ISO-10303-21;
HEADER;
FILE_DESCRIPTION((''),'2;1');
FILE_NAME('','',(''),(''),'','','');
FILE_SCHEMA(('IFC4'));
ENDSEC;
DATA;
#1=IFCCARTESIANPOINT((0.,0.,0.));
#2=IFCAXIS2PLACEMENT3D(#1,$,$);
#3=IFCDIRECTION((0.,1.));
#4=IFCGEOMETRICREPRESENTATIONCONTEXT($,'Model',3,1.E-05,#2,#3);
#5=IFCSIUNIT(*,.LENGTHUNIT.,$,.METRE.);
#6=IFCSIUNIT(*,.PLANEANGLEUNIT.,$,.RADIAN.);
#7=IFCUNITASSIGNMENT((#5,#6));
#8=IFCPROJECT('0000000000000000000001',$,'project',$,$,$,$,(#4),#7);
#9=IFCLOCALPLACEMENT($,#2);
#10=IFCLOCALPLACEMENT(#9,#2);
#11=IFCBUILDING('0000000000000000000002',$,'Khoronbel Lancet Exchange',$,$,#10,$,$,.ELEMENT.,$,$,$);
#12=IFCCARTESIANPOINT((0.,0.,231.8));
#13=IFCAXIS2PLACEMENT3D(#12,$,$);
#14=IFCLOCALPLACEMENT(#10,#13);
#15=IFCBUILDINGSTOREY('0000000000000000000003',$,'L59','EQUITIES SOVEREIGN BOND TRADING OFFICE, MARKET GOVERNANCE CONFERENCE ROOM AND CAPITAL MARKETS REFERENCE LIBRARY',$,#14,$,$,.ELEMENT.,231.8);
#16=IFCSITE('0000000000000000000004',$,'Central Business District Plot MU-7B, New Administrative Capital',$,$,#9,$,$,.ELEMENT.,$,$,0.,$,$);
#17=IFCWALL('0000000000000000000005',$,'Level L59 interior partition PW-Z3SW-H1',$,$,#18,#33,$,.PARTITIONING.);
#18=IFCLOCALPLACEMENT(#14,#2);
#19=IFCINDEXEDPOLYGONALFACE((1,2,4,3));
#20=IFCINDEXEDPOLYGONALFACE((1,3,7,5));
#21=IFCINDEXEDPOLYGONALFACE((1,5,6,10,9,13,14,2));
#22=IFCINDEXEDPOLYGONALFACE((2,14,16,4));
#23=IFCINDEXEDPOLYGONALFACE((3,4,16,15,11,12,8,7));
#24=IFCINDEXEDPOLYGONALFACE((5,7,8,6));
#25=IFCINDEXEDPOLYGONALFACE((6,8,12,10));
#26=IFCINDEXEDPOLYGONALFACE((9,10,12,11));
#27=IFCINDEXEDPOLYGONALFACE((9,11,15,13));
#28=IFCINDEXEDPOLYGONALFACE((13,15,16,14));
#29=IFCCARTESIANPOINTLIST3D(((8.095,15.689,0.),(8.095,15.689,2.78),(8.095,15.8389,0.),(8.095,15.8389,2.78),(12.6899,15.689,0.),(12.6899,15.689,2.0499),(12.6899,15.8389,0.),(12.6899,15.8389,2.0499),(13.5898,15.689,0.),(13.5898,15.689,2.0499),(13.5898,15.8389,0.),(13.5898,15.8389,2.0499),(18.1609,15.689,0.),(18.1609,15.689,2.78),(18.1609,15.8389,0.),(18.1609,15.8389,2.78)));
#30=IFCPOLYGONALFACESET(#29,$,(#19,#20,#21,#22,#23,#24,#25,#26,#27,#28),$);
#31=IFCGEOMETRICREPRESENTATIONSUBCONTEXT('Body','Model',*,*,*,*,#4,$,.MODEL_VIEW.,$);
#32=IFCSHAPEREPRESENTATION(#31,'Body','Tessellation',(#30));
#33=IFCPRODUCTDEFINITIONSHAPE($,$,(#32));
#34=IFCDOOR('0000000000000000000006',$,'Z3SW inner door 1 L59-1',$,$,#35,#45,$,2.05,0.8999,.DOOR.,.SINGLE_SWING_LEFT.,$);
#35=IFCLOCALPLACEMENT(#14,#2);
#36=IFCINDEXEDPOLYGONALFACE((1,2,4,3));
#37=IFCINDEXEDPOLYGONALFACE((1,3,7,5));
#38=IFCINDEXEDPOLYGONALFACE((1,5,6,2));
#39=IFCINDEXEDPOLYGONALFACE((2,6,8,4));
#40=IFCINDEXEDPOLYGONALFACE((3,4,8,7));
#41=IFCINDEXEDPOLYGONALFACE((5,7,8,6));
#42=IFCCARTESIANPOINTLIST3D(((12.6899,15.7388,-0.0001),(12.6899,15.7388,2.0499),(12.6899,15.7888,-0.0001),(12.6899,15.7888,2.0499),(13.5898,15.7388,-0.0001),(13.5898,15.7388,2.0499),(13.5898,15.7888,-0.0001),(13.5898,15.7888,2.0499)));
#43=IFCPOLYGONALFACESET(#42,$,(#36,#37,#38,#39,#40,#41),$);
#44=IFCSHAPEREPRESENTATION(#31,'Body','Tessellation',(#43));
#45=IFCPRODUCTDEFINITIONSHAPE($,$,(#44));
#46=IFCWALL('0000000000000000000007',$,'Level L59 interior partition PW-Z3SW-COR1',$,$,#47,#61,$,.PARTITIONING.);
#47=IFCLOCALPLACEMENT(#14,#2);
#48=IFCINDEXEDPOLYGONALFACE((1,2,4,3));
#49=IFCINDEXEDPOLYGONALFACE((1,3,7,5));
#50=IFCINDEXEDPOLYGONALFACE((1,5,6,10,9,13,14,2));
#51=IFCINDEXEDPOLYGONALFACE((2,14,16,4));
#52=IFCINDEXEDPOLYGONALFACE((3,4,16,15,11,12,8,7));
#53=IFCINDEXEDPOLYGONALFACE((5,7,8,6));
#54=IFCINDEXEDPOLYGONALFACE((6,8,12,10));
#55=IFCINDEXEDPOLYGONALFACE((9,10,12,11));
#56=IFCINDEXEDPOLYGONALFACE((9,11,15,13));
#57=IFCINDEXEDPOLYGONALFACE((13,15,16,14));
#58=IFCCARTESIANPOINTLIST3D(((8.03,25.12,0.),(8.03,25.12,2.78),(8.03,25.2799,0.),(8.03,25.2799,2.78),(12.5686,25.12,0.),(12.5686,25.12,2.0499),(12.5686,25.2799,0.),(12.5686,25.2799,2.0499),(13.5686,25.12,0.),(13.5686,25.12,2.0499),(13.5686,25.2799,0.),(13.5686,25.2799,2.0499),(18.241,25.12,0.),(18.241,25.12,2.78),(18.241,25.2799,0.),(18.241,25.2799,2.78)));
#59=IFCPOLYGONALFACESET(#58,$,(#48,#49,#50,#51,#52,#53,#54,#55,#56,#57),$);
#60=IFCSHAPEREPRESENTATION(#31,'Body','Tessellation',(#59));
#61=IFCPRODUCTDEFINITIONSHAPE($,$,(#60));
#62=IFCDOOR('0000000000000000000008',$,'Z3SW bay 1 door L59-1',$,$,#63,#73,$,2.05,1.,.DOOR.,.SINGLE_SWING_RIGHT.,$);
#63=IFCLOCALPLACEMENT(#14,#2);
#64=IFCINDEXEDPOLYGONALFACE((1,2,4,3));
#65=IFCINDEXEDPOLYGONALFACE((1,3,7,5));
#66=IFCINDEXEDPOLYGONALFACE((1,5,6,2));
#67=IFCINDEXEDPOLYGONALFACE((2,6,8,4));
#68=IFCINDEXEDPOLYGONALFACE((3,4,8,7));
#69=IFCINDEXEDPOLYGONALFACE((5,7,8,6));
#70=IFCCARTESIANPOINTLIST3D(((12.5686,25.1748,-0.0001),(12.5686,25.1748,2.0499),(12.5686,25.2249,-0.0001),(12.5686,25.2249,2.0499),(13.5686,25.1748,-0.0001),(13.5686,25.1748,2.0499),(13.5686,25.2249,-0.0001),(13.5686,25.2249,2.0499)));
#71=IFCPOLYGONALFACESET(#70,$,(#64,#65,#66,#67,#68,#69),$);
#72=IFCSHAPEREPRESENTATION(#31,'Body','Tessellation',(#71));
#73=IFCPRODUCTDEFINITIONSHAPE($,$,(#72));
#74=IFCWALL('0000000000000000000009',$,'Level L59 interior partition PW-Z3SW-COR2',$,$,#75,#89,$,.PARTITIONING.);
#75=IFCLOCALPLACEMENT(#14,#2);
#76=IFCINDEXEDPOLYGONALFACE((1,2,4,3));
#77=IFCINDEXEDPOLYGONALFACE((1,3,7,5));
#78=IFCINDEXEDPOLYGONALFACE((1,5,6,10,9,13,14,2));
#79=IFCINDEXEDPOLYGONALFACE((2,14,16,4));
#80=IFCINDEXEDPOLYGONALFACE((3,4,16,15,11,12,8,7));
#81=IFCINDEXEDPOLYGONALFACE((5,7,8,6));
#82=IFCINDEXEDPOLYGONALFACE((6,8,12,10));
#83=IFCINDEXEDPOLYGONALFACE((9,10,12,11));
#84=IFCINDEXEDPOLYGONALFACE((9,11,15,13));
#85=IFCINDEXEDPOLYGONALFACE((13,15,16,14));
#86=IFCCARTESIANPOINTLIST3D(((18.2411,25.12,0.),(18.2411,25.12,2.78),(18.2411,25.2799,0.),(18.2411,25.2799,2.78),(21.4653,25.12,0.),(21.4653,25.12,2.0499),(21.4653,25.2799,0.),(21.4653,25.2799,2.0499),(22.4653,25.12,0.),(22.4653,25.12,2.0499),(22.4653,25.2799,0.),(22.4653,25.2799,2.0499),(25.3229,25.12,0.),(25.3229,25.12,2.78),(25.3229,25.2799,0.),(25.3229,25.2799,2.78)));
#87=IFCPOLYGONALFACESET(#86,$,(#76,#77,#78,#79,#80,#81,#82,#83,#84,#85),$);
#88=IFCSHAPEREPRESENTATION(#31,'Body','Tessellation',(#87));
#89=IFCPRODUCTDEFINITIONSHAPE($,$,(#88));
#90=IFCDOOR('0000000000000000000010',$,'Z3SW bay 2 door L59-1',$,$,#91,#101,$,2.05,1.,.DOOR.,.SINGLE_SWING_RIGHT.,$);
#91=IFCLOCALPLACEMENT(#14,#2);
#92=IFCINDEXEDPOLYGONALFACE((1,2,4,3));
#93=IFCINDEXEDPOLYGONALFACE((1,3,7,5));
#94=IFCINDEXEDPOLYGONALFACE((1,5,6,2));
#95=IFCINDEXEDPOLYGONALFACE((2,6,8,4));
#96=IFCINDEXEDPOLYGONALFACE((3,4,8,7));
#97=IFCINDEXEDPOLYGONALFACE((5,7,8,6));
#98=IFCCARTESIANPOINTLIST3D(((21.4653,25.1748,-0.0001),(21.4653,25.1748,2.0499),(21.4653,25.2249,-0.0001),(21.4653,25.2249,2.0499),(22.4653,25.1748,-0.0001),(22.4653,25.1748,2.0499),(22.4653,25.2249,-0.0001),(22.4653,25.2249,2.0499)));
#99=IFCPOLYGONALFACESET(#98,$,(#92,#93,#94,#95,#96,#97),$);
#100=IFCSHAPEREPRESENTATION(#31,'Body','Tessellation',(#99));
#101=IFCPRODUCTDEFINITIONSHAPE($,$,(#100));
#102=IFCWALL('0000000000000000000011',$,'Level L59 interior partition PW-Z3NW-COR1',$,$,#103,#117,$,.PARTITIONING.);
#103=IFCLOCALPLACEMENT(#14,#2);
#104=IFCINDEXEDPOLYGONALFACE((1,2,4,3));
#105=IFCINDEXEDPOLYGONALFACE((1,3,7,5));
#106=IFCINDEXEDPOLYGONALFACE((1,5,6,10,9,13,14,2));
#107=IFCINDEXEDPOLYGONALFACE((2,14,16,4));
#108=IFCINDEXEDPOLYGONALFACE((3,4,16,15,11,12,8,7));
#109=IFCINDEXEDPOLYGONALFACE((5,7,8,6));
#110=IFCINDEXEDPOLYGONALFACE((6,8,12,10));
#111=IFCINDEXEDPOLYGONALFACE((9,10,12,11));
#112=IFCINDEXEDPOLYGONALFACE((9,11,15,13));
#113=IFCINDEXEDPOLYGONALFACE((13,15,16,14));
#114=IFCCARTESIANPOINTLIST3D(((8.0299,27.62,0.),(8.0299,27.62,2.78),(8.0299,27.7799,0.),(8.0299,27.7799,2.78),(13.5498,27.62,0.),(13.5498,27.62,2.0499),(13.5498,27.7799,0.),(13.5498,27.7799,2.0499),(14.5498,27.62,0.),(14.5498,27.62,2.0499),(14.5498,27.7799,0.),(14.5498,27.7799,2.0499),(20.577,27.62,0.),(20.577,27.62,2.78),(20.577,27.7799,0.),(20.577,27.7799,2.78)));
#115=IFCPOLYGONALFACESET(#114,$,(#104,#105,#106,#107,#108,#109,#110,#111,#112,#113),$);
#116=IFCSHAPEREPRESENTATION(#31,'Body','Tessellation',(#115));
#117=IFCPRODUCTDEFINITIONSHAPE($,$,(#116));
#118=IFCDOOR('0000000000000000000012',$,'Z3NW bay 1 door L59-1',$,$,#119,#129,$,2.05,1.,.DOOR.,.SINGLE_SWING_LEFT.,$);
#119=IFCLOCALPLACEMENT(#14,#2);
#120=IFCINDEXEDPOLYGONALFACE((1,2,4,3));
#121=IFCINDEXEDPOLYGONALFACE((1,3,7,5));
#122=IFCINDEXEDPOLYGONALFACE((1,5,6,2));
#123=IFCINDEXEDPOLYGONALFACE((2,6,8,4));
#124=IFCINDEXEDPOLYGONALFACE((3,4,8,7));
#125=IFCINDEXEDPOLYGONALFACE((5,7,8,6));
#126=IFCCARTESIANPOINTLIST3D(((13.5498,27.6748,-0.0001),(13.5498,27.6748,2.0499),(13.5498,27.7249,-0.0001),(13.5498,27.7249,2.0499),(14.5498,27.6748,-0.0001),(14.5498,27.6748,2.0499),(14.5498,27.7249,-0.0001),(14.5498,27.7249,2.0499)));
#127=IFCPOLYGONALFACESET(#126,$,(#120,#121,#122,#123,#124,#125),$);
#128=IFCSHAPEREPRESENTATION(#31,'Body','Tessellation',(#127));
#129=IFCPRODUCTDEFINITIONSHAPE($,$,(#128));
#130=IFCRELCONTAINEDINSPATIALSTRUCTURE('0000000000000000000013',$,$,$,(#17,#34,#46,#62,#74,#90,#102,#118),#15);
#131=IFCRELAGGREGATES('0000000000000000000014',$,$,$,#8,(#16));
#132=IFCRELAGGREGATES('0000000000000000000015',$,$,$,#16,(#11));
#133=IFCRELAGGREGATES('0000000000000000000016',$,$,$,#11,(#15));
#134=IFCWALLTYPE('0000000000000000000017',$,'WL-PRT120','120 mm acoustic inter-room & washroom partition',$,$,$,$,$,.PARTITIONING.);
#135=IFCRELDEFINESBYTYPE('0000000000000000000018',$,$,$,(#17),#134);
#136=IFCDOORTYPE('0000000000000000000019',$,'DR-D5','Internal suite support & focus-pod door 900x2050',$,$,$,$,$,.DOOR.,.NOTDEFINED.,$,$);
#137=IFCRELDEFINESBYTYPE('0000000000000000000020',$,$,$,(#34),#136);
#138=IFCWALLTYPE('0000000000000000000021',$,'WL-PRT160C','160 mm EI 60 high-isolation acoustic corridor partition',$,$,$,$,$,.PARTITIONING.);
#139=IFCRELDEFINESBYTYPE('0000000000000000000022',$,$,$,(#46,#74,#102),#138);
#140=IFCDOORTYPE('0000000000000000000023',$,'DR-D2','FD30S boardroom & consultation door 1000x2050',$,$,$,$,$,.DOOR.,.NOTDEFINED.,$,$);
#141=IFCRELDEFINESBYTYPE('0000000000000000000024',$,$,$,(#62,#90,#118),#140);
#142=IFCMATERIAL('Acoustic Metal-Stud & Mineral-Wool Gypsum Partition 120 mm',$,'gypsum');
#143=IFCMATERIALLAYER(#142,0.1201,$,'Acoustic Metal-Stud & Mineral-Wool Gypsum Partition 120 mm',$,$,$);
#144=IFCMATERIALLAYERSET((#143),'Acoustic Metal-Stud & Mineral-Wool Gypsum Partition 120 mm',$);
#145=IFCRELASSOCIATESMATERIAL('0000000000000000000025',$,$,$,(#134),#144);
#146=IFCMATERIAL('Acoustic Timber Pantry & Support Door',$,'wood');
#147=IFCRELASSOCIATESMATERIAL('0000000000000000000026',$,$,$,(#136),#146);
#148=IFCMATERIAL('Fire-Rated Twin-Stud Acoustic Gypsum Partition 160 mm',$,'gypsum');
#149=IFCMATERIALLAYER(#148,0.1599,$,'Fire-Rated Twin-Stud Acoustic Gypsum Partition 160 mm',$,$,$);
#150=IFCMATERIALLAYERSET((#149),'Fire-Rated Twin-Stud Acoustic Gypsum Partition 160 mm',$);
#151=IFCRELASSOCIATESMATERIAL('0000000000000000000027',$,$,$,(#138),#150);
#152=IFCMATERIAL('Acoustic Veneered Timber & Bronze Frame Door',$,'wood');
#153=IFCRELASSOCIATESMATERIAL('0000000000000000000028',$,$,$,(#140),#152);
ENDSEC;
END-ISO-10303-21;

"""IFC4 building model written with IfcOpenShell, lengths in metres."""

from ifc_helpers import new_model, si_unit, direction, frame, frame_2d, origin, place, context, subcontext, project, spatial, rectangle, extrude, material, layer, layer_set, type_object, element, fill, save


model = new_model("IFC4")

# Units and contexts
model_context = context("Model", 3, precision=1e-05, world=origin(), true_north=direction((0.0, 1.0)))
body_context = subcontext(model_context, "Body", "Model", "MODEL_VIEW")
ifc_project = project(units=[si_unit("LENGTHUNIT", "METRE"), si_unit("PLANEANGLEUNIT", "RADIAN")], contexts=[model_context])

# Site, building, storey
site_placement = place(None, origin())
site = spatial("IfcSite", under=ifc_project, at=site_placement, Name="Central Business District Plot MU-7B, New Administrative Capital", CompositionType="ELEMENT", RefElevation=0.0)
building_placement = place(site_placement, origin())
building = spatial("IfcBuilding", under=site, at=building_placement, Name="Khoronbel Lancet Exchange", CompositionType="ELEMENT")
storey_placement = place(building_placement, frame((0.0, 0.0, 231.8)))
storey = spatial("IfcBuildingStorey", under=building, at=storey_placement, Name="L59", Description="EQUITIES SOVEREIGN BOND TRADING OFFICE, MARKET GOVERNANCE CONFERENCE ROOM AND CAPITAL MARKETS REFERENCE LIBRARY", CompositionType="ELEMENT", Elevation=231.8)

# Walls, openings, doors
ifc_material_1 = material(Name="Acoustic Metal-Stud & Mineral-Wool Gypsum Partition 120 mm", Category="gypsum")
ifc_layer_1 = layer(ifc_material_1, 0.1201, Name="Acoustic Metal-Stud & Mineral-Wool Gypsum Partition 120 mm")
ifc_layer_set_1 = layer_set([ifc_layer_1], Name="Acoustic Metal-Stud & Mineral-Wool Gypsum Partition 120 mm")
wall_type_1 = type_object("IfcWallType", Name="WL-PRT120", Description="120 mm acoustic inter-room & washroom partition", PredefinedType="PARTITIONING", material=ifc_layer_set_1)
wall_1_placement = place(storey_placement, frame((8.095, 15.7639, 0.0), z_axis=(0.0, 0.0, 1.0), x_axis=(1.0, 0.0, 0.0)))
wall_1 = element("IfcWall", 1, at=wall_1_placement, inside=storey, type_object=wall_type_1, Name="Level L59 interior partition PW-Z3SW-H1", PredefinedType="PARTITIONING", context=body_context, shape_type="SweptSolid", body=[
    extrude(rectangle(XDim=10.0659, YDim=0.1499, at=frame_2d((5.033, 0.0))), origin(), (0.0, 0.0, 1.0), 2.78),
])
opening_1_placement = place(wall_1_placement, frame((4.595, 0.0, 0.0)))
opening_1 = element("IfcOpeningElement", 2, at=opening_1_placement, cuts=wall_1, PredefinedType="OPENING", context=body_context, shape_type="SweptSolid", body=[
    extrude(rectangle(XDim=0.8999, YDim=2.05, at=frame_2d((0.45, 1.0249))), frame((0.0, 0.085, 0.0), z_axis=(0.0, -1.0, 0.0), x_axis=(1.0, 0.0, 0.0)), (0.0, 0.0, 1.0), 0.1699),
])
ifc_material_2 = material(Name="Acoustic Timber Pantry & Support Door", Category="wood")
door_type_1 = type_object("IfcDoorType", Name="DR-D5", Description="Internal suite support & focus-pod door 900x2050", OperationType="NOTDEFINED", PredefinedType="DOOR", material=ifc_material_2)
door_1_placement = place(opening_1_placement, origin())
door_1 = element("IfcDoor", 3, at=door_1_placement, inside=storey, type_object=door_type_1, Name="Z3SW inner door 1 L59-1", OperationType="SINGLE_SWING_LEFT", OverallHeight=2.05, OverallWidth=0.8999, PredefinedType="DOOR", context=body_context, shape_type="SweptSolid", body=[
    extrude(rectangle(XDim=0.8999, YDim=2.05, at=frame_2d((0.45, 1.0249))), frame((0.0, 0.0249, 0.0), z_axis=(0.0, -1.0, 0.0), x_axis=(1.0, 0.0, 0.0)), (0.0, 0.0, 1.0), 0.05),
])
fill(opening_1, door_1)
ifc_material_3 = material(Name="Fire-Rated Twin-Stud Acoustic Gypsum Partition 160 mm", Category="gypsum")
ifc_layer_2 = layer(ifc_material_3, 0.1599, Name="Fire-Rated Twin-Stud Acoustic Gypsum Partition 160 mm")
ifc_layer_set_2 = layer_set([ifc_layer_2], Name="Fire-Rated Twin-Stud Acoustic Gypsum Partition 160 mm")
wall_type_2 = type_object("IfcWallType", Name="WL-PRT160C", Description="160 mm EI 60 high-isolation acoustic corridor partition", PredefinedType="PARTITIONING", material=ifc_layer_set_2)
wall_2_placement = place(storey_placement, frame((8.03, 25.2, 0.0), z_axis=(0.0, 0.0, 1.0), x_axis=(1.0, 0.0, 0.0)))
wall_2 = element("IfcWall", 4, at=wall_2_placement, inside=storey, type_object=wall_type_2, Name="Level L59 interior partition PW-Z3SW-COR1", PredefinedType="PARTITIONING", context=body_context, shape_type="SweptSolid", body=[
    extrude(rectangle(XDim=10.2109, YDim=0.1599, at=frame_2d((5.1055, 0.0))), origin(), (0.0, 0.0, 1.0), 2.78),
])
opening_2_placement = place(wall_2_placement, frame((4.5386, 0.0, 0.0)))
opening_2 = element("IfcOpeningElement", 5, at=opening_2_placement, cuts=wall_2, PredefinedType="OPENING", context=body_context, shape_type="SweptSolid", body=[
    extrude(rectangle(XDim=1.0, YDim=2.05, at=frame_2d((0.5, 1.0249))), frame((0.0, 0.0898, 0.0), z_axis=(0.0, -1.0, 0.0), x_axis=(1.0, 0.0, 0.0)), (0.0, 0.0, 1.0), 0.1799),
])
ifc_material_4 = material(Name="Acoustic Veneered Timber & Bronze Frame Door", Category="wood")
door_type_2 = type_object("IfcDoorType", Name="DR-D2", Description="FD30S boardroom & consultation door 1000x2050", OperationType="NOTDEFINED", PredefinedType="DOOR", material=ifc_material_4)
door_2_placement = place(opening_2_placement, origin())
door_2 = element("IfcDoor", 6, at=door_2_placement, inside=storey, type_object=door_type_2, Name="Z3SW bay 1 door L59-1", OperationType="SINGLE_SWING_RIGHT", OverallHeight=2.05, OverallWidth=1.0, PredefinedType="DOOR", context=body_context, shape_type="SweptSolid", body=[
    extrude(rectangle(XDim=1.0, YDim=2.05, at=frame_2d((0.5, 1.0249))), frame((0.0, 0.0249, 0.0), z_axis=(0.0, -1.0, 0.0), x_axis=(1.0, 0.0, 0.0)), (0.0, 0.0, 1.0), 0.05),
])
fill(opening_2, door_2)
wall_3_placement = place(storey_placement, frame((18.241, 25.2, 0.0), z_axis=(0.0, 0.0, 1.0), x_axis=(1.0, 0.0, 0.0)))
wall_3 = element("IfcWall", 7, at=wall_3_placement, inside=storey, type_object=wall_type_2, Name="Level L59 interior partition PW-Z3SW-COR2", PredefinedType="PARTITIONING", context=body_context, shape_type="SweptSolid", body=[
    extrude(rectangle(XDim=7.0818, YDim=0.1599, at=frame_2d((3.541, 0.0))), origin(), (0.0, 0.0, 1.0), 2.78),
])
opening_3_placement = place(wall_3_placement, frame((3.2244, 0.0, 0.0)))
opening_3 = element("IfcOpeningElement", 8, at=opening_3_placement, cuts=wall_3, PredefinedType="OPENING", context=body_context, shape_type="SweptSolid", body=[
    extrude(rectangle(XDim=1.0, YDim=2.05, at=frame_2d((0.5, 1.0249))), frame((0.0, 0.0898, 0.0), z_axis=(0.0, -1.0, 0.0), x_axis=(1.0, 0.0, 0.0)), (0.0, 0.0, 1.0), 0.1799),
])
door_3_placement = place(opening_3_placement, origin())
door_3 = element("IfcDoor", 9, at=door_3_placement, inside=storey, type_object=door_type_2, Name="Z3SW bay 2 door L59-1", OperationType="SINGLE_SWING_RIGHT", OverallHeight=2.05, OverallWidth=1.0, PredefinedType="DOOR", context=body_context, shape_type="SweptSolid", body=[
    extrude(rectangle(XDim=1.0, YDim=2.05, at=frame_2d((0.5, 1.0249))), frame((0.0, 0.0249, 0.0), z_axis=(0.0, -1.0, 0.0), x_axis=(1.0, 0.0, 0.0)), (0.0, 0.0, 1.0), 0.05),
])
fill(opening_3, door_3)
wall_4_placement = place(storey_placement, frame((8.03, 27.7, 0.0), z_axis=(0.0, 0.0, 1.0), x_axis=(1.0, 0.0, 0.0)))
wall_4 = element("IfcWall", 10, at=wall_4_placement, inside=storey, type_object=wall_type_2, Name="Level L59 interior partition PW-Z3NW-COR1", PredefinedType="PARTITIONING", context=body_context, shape_type="SweptSolid", body=[
    extrude(rectangle(XDim=12.5471, YDim=0.1599, at=frame_2d((6.2734, 0.0))), origin(), (0.0, 0.0, 1.0), 2.78),
])
opening_4_placement = place(wall_4_placement, frame((5.5198, 0.0, 0.0)))
opening_4 = element("IfcOpeningElement", 11, at=opening_4_placement, cuts=wall_4, PredefinedType="OPENING", context=body_context, shape_type="SweptSolid", body=[
    extrude(rectangle(XDim=1.0, YDim=2.05, at=frame_2d((0.5, 1.0249))), frame((0.0, 0.0898, 0.0), z_axis=(0.0, -1.0, 0.0), x_axis=(1.0, 0.0, 0.0)), (0.0, 0.0, 1.0), 0.1799),
])
door_4_placement = place(opening_4_placement, origin())
door_4 = element("IfcDoor", 12, at=door_4_placement, inside=storey, type_object=door_type_2, Name="Z3NW bay 1 door L59-1", OperationType="SINGLE_SWING_LEFT", OverallHeight=2.05, OverallWidth=1.0, PredefinedType="DOOR", context=body_context, shape_type="SweptSolid", body=[
    extrude(rectangle(XDim=1.0, YDim=2.05, at=frame_2d((0.5, 1.0249))), frame((0.0, 0.0249, 0.0), z_axis=(0.0, -1.0, 0.0), x_axis=(1.0, 0.0, 0.0)), (0.0, 0.0, 1.0), 0.05),
])
fill(opening_4, door_4)

save(model, "model.ifc")
